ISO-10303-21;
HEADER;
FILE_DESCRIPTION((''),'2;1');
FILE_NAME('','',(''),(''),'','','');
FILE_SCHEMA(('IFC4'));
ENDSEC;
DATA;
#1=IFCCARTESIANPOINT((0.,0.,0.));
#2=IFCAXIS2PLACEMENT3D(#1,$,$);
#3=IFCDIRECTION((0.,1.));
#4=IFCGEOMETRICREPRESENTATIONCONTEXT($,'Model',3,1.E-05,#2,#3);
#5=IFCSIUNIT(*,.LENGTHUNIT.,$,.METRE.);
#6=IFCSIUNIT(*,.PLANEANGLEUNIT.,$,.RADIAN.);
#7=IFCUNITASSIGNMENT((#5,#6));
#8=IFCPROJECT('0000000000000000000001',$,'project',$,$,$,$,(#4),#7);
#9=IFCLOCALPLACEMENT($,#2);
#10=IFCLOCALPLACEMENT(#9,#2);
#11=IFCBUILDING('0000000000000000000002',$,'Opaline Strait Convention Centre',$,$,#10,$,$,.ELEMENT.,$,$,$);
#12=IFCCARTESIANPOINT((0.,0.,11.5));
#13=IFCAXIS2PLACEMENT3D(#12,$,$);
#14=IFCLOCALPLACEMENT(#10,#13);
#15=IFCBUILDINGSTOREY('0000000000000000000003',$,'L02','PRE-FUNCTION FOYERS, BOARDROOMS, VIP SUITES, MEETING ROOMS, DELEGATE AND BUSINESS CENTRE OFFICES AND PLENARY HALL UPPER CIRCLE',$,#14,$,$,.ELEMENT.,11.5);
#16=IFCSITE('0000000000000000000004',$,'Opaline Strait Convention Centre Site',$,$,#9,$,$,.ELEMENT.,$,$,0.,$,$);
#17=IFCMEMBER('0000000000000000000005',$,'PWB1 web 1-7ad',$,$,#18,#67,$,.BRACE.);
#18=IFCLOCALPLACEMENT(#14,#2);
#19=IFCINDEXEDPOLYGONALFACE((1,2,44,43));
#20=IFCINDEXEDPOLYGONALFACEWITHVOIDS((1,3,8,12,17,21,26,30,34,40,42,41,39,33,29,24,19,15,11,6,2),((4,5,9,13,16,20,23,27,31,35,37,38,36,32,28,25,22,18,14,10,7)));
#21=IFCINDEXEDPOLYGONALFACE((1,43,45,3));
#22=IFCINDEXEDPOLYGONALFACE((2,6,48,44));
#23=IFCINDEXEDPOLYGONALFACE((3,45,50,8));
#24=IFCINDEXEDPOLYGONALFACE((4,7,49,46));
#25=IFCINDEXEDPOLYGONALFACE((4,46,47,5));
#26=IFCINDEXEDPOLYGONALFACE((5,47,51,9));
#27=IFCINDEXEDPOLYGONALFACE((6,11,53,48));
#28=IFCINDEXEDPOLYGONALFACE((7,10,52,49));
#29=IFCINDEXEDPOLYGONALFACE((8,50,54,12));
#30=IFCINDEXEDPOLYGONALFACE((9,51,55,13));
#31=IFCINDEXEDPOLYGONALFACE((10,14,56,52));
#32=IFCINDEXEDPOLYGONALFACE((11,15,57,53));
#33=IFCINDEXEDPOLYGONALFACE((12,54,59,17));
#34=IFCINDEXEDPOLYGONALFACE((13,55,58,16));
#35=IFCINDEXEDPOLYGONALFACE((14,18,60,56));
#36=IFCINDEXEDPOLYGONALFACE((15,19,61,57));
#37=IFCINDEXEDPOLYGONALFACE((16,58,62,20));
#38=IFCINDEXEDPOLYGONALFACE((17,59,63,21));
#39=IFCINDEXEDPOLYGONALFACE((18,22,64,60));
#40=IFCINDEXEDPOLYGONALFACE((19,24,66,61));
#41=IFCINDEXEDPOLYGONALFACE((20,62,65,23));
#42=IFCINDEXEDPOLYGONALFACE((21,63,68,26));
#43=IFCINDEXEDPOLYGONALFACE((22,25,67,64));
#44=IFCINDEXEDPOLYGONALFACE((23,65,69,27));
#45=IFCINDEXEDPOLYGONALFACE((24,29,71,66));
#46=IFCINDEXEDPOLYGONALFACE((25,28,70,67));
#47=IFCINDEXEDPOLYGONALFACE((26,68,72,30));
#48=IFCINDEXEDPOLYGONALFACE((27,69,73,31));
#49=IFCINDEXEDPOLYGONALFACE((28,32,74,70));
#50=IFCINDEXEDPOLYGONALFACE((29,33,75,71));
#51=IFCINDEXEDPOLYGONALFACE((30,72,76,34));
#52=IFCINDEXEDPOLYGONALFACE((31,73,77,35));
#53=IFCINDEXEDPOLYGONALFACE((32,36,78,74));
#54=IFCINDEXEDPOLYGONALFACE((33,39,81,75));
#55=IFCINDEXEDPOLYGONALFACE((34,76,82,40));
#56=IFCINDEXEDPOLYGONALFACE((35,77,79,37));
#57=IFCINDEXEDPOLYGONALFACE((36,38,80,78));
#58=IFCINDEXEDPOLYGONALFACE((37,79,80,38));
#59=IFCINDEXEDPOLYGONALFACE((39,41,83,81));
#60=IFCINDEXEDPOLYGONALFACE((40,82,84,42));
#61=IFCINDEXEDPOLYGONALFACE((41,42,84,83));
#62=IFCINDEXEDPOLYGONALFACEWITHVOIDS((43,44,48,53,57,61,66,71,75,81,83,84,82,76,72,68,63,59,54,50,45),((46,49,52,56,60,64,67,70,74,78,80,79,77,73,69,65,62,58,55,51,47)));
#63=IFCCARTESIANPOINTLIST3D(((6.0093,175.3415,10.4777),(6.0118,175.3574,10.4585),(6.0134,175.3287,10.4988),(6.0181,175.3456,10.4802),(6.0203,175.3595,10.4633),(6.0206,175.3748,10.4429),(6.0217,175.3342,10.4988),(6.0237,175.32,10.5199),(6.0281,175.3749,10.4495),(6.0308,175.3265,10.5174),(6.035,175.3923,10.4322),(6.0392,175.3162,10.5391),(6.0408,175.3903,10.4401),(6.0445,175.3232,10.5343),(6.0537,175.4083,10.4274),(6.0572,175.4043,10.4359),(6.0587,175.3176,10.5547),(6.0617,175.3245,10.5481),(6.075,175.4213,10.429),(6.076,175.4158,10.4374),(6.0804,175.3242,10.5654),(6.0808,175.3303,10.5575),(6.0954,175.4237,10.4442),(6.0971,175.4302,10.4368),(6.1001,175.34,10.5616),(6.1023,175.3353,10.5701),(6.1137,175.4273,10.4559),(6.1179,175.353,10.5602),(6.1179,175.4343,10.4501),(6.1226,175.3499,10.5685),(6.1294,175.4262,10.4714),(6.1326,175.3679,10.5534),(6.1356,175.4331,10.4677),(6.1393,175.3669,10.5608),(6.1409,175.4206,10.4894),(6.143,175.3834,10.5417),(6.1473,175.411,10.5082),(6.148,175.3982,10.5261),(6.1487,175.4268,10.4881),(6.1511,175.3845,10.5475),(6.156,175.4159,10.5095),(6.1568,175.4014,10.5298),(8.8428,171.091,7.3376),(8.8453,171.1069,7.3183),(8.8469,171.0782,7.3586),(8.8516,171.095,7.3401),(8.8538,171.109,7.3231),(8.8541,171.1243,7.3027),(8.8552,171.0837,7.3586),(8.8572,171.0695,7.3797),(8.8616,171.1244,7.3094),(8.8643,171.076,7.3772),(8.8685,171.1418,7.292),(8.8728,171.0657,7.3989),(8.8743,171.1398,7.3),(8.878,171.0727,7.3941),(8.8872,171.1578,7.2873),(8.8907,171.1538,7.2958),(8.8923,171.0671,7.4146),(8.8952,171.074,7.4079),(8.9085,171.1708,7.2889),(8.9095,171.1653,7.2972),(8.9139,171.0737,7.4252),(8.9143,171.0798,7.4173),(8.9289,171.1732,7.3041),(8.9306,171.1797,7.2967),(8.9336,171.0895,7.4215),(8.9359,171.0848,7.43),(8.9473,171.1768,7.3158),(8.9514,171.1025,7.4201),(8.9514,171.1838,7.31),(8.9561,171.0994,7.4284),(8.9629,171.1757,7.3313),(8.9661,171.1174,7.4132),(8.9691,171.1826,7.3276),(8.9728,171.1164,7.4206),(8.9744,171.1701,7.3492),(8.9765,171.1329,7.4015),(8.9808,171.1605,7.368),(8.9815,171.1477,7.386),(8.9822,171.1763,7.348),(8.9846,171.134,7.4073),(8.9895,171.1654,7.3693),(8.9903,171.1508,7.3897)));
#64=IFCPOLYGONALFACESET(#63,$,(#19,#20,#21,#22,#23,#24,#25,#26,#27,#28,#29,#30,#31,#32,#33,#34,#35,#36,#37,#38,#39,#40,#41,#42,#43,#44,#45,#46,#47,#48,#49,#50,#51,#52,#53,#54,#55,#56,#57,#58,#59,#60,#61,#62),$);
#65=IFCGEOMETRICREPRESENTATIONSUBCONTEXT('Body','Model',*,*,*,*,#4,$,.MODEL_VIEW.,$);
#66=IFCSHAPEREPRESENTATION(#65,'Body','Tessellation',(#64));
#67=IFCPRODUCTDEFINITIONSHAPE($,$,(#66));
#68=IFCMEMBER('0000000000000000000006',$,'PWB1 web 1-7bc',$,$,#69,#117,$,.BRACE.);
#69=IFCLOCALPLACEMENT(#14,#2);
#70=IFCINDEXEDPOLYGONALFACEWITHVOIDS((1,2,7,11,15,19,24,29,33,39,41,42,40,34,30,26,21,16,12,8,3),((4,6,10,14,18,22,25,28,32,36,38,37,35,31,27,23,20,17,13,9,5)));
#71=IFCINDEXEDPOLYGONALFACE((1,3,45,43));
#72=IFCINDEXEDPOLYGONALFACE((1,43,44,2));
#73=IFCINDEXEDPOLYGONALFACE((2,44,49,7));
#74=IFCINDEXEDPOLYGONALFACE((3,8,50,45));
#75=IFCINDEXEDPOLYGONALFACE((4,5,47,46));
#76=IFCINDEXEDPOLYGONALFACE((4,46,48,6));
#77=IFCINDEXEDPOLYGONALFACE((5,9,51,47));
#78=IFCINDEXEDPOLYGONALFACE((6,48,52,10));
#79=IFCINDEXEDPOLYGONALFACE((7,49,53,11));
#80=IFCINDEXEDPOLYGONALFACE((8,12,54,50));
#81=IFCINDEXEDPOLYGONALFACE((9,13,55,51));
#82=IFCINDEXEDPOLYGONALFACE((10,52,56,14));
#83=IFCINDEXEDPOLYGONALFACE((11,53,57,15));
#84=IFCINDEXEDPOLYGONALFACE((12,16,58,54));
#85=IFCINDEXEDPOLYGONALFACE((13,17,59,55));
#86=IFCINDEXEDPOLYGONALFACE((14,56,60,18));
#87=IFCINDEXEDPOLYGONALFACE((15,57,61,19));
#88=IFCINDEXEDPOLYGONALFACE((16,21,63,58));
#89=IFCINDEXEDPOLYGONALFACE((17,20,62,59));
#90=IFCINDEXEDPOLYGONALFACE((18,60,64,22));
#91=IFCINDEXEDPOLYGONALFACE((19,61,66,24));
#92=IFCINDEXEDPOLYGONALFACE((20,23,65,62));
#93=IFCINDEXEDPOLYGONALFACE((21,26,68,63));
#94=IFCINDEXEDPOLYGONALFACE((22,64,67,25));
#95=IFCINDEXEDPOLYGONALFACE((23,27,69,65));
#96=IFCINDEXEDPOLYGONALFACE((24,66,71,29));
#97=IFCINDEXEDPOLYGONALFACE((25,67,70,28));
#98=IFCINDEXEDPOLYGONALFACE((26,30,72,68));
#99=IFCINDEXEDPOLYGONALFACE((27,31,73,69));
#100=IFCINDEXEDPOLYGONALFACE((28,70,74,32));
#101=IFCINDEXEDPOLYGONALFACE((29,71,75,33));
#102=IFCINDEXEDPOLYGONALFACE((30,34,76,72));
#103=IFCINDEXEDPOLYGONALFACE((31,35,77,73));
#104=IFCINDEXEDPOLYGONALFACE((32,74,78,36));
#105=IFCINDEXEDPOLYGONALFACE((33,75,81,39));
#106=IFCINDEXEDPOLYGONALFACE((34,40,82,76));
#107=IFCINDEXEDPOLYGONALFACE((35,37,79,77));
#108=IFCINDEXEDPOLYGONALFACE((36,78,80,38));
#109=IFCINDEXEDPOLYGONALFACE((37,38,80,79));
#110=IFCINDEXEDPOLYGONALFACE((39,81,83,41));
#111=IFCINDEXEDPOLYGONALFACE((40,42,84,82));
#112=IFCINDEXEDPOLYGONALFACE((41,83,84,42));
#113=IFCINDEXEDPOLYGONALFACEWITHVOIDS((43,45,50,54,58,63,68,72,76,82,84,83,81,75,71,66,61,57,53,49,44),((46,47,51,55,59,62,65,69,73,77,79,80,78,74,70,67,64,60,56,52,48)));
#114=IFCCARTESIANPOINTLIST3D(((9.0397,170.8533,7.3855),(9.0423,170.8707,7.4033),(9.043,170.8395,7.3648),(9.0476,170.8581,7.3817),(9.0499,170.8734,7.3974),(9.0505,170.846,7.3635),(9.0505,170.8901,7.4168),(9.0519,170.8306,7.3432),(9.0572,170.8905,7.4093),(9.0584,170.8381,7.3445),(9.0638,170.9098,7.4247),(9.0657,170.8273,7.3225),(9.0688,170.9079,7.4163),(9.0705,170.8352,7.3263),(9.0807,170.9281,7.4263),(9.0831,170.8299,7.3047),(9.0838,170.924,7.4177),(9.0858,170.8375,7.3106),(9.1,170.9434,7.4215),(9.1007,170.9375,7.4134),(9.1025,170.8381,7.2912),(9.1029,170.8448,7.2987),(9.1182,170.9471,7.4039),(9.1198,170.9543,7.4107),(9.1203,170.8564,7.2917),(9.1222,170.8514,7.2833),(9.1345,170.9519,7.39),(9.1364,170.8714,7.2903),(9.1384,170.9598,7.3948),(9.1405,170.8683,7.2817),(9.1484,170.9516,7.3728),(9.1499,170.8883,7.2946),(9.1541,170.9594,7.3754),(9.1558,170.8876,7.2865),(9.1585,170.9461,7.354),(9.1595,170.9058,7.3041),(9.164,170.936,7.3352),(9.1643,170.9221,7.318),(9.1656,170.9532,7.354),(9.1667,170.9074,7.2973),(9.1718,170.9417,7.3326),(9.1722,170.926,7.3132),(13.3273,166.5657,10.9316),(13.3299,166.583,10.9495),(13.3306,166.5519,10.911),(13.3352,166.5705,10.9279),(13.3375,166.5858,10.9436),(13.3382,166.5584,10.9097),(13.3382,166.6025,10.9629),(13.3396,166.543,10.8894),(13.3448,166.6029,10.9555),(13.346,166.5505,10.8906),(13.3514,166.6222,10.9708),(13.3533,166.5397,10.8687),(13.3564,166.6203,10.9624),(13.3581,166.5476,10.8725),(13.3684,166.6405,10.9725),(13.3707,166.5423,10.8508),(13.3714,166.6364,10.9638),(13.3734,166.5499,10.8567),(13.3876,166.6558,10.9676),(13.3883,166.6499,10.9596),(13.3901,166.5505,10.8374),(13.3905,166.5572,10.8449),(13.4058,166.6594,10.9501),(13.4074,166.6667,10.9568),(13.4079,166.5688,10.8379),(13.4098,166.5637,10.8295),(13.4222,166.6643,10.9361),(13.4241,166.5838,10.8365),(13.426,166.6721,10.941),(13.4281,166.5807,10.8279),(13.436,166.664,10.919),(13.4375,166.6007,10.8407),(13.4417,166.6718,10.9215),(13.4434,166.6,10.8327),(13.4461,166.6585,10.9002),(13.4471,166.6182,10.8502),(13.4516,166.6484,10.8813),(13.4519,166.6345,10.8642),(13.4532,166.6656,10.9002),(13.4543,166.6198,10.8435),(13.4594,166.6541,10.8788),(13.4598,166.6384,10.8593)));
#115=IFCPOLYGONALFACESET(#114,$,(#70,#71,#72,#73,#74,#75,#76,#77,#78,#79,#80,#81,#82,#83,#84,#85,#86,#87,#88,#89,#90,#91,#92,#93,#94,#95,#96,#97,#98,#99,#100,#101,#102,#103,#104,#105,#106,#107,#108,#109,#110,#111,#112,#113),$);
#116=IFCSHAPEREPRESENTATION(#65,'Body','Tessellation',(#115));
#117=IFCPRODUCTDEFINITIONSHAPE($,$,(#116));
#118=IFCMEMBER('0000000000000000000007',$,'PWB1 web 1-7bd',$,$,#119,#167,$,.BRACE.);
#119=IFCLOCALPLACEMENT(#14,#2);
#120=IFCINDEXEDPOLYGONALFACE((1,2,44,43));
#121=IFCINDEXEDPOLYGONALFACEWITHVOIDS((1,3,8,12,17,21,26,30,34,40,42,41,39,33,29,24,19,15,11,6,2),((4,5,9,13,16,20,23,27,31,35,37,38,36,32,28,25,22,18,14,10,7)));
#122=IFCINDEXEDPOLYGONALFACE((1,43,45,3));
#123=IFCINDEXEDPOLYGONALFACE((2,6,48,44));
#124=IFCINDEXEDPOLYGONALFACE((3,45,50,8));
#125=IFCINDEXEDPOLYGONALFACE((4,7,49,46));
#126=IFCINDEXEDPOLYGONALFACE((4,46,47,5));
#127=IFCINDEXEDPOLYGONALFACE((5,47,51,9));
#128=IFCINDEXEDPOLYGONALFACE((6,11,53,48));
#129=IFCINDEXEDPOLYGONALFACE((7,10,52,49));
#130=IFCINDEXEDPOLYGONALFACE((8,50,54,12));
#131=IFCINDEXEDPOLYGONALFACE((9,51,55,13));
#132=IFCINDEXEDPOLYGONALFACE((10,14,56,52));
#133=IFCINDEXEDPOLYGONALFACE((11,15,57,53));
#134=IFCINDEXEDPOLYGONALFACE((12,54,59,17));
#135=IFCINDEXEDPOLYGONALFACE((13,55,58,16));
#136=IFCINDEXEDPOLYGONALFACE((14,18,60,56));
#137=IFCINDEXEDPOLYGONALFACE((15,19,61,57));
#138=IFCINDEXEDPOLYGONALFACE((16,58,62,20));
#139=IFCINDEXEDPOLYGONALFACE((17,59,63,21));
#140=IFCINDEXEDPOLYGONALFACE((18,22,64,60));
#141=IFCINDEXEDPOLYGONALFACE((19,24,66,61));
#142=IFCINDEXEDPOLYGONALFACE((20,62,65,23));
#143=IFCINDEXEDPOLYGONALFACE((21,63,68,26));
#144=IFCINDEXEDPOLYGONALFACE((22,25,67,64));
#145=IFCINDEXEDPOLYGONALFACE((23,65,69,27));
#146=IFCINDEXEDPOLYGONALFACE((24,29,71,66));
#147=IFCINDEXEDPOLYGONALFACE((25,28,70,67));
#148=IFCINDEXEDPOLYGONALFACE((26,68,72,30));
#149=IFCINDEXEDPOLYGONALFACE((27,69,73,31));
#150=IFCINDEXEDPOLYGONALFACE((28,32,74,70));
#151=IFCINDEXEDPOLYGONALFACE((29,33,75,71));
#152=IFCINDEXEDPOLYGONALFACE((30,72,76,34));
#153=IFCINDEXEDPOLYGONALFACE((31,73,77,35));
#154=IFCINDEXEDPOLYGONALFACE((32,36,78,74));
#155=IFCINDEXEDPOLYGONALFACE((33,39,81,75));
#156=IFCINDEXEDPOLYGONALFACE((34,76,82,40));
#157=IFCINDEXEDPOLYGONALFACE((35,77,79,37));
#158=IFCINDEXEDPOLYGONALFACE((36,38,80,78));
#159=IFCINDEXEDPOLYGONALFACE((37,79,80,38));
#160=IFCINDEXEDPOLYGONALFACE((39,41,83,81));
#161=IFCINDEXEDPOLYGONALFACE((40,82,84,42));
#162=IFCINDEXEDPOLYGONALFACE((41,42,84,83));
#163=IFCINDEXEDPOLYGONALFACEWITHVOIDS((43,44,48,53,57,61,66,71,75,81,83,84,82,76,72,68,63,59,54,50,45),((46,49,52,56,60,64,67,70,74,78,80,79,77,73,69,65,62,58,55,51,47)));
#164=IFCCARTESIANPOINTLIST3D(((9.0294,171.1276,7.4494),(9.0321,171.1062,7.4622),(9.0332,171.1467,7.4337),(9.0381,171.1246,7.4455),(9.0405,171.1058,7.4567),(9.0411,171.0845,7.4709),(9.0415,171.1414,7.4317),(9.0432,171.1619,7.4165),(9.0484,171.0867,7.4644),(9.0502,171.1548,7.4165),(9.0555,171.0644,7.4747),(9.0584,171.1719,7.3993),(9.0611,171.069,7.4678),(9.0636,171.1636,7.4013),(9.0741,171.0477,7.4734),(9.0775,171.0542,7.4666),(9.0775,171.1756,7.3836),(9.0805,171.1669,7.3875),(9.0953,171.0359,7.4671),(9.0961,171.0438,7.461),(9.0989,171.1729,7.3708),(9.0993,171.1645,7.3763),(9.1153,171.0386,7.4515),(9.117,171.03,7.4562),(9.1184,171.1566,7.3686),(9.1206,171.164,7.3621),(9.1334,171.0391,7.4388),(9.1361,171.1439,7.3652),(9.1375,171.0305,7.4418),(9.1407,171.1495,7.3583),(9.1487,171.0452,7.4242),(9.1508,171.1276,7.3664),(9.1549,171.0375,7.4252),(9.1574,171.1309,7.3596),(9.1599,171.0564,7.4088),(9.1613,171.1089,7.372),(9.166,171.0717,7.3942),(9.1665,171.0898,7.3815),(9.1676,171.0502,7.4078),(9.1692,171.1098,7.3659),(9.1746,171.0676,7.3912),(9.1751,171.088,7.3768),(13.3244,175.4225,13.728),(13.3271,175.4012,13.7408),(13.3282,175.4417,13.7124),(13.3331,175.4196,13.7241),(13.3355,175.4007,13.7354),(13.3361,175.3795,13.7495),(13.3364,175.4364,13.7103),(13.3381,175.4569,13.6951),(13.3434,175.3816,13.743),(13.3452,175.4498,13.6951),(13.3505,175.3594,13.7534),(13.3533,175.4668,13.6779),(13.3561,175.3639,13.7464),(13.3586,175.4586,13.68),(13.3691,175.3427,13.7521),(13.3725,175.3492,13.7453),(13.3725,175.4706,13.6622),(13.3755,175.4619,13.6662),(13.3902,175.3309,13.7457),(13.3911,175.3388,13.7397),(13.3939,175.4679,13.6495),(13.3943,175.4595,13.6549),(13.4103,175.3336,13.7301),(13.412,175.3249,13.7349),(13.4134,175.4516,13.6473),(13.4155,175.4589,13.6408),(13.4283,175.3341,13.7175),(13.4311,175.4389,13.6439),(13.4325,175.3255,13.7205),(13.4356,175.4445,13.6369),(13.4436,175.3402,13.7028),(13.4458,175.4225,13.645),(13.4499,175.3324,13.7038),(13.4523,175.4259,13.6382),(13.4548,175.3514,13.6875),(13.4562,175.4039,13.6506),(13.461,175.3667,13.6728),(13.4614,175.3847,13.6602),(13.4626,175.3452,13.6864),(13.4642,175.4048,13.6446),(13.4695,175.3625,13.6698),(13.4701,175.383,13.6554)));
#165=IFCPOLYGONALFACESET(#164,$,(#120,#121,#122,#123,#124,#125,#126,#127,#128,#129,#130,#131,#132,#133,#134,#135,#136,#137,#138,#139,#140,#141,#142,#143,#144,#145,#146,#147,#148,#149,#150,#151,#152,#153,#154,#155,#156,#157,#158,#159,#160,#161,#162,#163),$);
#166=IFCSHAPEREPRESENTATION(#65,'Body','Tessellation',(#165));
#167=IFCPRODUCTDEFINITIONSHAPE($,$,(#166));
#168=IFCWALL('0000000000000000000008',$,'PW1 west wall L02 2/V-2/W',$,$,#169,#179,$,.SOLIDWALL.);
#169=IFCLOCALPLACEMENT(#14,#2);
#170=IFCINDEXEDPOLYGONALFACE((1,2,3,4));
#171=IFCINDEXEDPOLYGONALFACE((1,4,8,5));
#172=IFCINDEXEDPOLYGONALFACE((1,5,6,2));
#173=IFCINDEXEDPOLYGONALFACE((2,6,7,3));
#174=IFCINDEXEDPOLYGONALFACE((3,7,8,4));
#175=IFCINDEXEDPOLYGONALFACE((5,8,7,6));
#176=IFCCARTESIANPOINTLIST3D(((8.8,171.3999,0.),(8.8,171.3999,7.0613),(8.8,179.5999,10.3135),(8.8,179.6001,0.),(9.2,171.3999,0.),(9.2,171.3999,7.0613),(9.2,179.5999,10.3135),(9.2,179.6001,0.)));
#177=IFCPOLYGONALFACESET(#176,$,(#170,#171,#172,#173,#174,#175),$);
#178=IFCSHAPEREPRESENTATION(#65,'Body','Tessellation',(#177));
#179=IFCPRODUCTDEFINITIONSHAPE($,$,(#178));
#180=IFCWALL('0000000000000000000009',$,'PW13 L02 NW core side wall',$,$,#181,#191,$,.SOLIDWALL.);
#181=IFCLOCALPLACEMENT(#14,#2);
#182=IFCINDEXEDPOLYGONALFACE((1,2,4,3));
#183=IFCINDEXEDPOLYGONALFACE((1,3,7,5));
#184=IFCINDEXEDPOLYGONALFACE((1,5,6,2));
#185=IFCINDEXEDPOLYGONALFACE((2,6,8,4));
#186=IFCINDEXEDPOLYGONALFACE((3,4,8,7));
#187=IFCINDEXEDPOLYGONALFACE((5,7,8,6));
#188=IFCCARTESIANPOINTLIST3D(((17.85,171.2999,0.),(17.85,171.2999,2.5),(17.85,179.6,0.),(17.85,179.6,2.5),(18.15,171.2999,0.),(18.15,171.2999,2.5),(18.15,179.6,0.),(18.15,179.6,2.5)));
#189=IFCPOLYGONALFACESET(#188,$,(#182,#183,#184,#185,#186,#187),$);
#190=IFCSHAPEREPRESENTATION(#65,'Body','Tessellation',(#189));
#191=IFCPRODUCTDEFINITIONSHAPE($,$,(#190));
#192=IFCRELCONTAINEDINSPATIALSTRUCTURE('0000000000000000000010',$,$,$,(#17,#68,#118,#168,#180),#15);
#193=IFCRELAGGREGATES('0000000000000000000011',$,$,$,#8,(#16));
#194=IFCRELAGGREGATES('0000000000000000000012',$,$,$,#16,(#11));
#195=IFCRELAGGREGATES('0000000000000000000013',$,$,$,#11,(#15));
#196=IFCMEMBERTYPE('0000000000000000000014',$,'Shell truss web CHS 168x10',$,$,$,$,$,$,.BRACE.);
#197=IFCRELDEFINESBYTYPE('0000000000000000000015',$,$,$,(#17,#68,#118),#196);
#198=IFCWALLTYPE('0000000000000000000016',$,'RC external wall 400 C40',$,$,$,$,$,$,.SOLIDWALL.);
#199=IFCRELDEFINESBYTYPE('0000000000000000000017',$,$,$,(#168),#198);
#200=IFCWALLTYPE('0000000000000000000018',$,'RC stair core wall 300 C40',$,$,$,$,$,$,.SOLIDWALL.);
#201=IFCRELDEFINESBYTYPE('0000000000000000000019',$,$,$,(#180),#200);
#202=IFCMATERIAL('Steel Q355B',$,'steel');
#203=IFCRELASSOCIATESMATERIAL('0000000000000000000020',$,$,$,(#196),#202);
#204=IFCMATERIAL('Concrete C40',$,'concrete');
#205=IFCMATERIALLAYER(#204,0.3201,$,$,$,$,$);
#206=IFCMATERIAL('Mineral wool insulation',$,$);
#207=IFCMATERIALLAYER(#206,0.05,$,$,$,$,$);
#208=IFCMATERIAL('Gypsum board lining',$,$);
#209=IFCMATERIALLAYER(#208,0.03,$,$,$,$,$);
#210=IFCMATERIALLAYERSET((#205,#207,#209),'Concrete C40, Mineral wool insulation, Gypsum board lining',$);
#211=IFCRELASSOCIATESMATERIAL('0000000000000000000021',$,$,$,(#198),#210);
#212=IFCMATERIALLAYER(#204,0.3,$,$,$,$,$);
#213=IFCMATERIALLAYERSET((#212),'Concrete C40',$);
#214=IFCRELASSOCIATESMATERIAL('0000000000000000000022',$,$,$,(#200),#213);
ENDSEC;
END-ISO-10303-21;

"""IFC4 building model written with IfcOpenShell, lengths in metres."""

from ifc_helpers import new_model, si_unit, direction, frame, frame_2d, origin, origin_2d, place, context, subcontext, project, spatial, polyline, rectangle, hollow_circle, outline, extrude, material, layer, layer_set, material_profile, profile_set, type_object, element, save


model = new_model("IFC4")

# Units and contexts
model_context = context("Model", 3, precision=1e-05, world=origin(), true_north=direction((0.0, 1.0)))
body_context = subcontext(model_context, "Body", "Model", "MODEL_VIEW")
ifc_project = project(units=[si_unit("LENGTHUNIT", "METRE"), si_unit("PLANEANGLEUNIT", "RADIAN")], contexts=[model_context])

# Site, building, storey
site_placement = place(None, origin())
site = spatial("IfcSite", under=ifc_project, at=site_placement, Name="Opaline Strait Convention Centre Site", CompositionType="ELEMENT", RefElevation=0.0)
building_placement = place(site_placement, origin())
building = spatial("IfcBuilding", under=site, at=building_placement, Name="Opaline Strait Convention Centre", CompositionType="ELEMENT")
storey_placement = place(building_placement, frame((0.0, 0.0, 11.5)))
storey = spatial("IfcBuildingStorey", under=building, at=storey_placement, Name="L02", Description="PRE-FUNCTION FOYERS, BOARDROOMS, VIP SUITES, MEETING ROOMS, DELEGATE AND BUSINESS CENTRE OFFICES AND PLENARY HALL UPPER CIRCLE", CompositionType="ELEMENT", Elevation=11.5)

# Shared definitions
ifc_material_1 = material(Name="Concrete C40", Category="concrete")

# Members
ifc_material_2 = material(Name="Steel Q355B", Category="steel")
ifc_material_profile_1 = material_profile(ifc_material_2, hollow_circle(Radius=0.084, WallThickness=0.01, at=origin_2d()), Name="CHS 168x10")
ifc_profile_set_1 = profile_set([ifc_material_profile_1], Name="Steel Q355B")
member_type_1 = type_object("IfcMemberType", Name="Shell truss web CHS 168x10", PredefinedType="BRACE", material=ifc_profile_set_1)
member_1_placement = place(storey_placement, frame((8.9167, 171.1248, 7.3586), z_axis=(-0.472539, 0.70885, 0.523678), x_axis=(-0.832065, -0.554678, 0.0)))
element("IfcMember", 1, at=member_1_placement, inside=storey, type_object=member_type_1, Name="PWB1 web 1-7ad", PredefinedType="BRACE", context=body_context, shape_type="SweptSolid", body=[
    extrude(hollow_circle(Radius=0.084, WallThickness=0.01, at=origin_2d()), origin(), (0.0, 0.0, 1.0), 5.9963),
])
member_2_placement = place(storey_placement, frame((9.1062, 170.8938, 7.354), z_axis=(0.610387, -0.610387, 0.504833), x_axis=(0.707107, 0.707107, 0.0)))
element("IfcMember", 2, at=member_2_placement, inside=storey, type_object=member_type_1, Name="PWB1 web 1-7bc", PredefinedType="BRACE", context=body_context, shape_type="SweptSolid", body=[
    extrude(hollow_circle(Radius=0.084, WallThickness=0.01, at=origin_2d()), origin(), (0.0, 0.0, 1.0), 7.0244),
])
member_3_placement = place(storey_placement, frame((9.1025, 171.1025, 7.4165), z_axis=(0.49165, 0.49165, 0.718722), x_axis=(-0.707107, 0.707107, 0.0)))
element("IfcMember", 3, at=member_3_placement, inside=storey, type_object=member_type_1, Name="PWB1 web 1-7bd", PredefinedType="BRACE", context=body_context, shape_type="SweptSolid", body=[
    extrude(hollow_circle(Radius=0.084, WallThickness=0.01, at=origin_2d()), origin(), (0.0, 0.0, 1.0), 8.7358),
])

# Walls
ifc_layer_1 = layer(ifc_material_1, 0.3201)
ifc_material_3 = material(Name="Mineral wool insulation")
ifc_layer_2 = layer(ifc_material_3, 0.05)
ifc_material_4 = material(Name="Gypsum board lining")
ifc_layer_3 = layer(ifc_material_4, 0.03)
ifc_layer_set_1 = layer_set([ifc_layer_1, ifc_layer_2, ifc_layer_3], Name="Concrete C40, Mineral wool insulation, Gypsum board lining")
wall_type_1 = type_object("IfcWallType", Name="RC external wall 400 C40", PredefinedType="SOLIDWALL", material=ifc_layer_set_1)
wall_1_placement = place(storey_placement, frame((9.0, 171.3999, 0.0), z_axis=(0.0, 0.0, 1.0), x_axis=(0.0, 1.0, 0.0)))
element("IfcWall", 4, at=wall_1_placement, inside=storey, type_object=wall_type_1, Name="PW1 west wall L02 2/V-2/W", PredefinedType="SOLIDWALL", context=body_context, shape_type="SweptSolid", body=[
    extrude(outline(polyline([(0.0, 0.0), (8.2002, 0.0), (8.2, 10.3135), (0.0, 7.0613), (0.0, 0.0)])), frame((0.0, 0.2, 0.0), z_axis=(0.0, -1.0, 0.0), x_axis=(1.0, 0.0, 0.0)), (0.0, 0.0, 1.0), 0.3999),
])
ifc_layer_4 = layer(ifc_material_1, 0.3)
ifc_layer_set_2 = layer_set([ifc_layer_4], Name="Concrete C40")
wall_type_2 = type_object("IfcWallType", Name="RC stair core wall 300 C40", PredefinedType="SOLIDWALL", material=ifc_layer_set_2)
wall_2_placement = place(storey_placement, frame((18.0, 171.3, 0.0), z_axis=(0.0, 0.0, 1.0), x_axis=(0.0, 1.0, 0.0)))
element("IfcWall", 5, at=wall_2_placement, inside=storey, type_object=wall_type_2, Name="PW13 L02 NW core side wall", PredefinedType="SOLIDWALL", context=body_context, shape_type="SweptSolid", body=[
    extrude(rectangle(XDim=8.3, YDim=0.3, at=frame_2d((4.1499, 0.0))), origin(), (0.0, 0.0, 1.0), 2.5),
])

save(model, "model.ifc")
